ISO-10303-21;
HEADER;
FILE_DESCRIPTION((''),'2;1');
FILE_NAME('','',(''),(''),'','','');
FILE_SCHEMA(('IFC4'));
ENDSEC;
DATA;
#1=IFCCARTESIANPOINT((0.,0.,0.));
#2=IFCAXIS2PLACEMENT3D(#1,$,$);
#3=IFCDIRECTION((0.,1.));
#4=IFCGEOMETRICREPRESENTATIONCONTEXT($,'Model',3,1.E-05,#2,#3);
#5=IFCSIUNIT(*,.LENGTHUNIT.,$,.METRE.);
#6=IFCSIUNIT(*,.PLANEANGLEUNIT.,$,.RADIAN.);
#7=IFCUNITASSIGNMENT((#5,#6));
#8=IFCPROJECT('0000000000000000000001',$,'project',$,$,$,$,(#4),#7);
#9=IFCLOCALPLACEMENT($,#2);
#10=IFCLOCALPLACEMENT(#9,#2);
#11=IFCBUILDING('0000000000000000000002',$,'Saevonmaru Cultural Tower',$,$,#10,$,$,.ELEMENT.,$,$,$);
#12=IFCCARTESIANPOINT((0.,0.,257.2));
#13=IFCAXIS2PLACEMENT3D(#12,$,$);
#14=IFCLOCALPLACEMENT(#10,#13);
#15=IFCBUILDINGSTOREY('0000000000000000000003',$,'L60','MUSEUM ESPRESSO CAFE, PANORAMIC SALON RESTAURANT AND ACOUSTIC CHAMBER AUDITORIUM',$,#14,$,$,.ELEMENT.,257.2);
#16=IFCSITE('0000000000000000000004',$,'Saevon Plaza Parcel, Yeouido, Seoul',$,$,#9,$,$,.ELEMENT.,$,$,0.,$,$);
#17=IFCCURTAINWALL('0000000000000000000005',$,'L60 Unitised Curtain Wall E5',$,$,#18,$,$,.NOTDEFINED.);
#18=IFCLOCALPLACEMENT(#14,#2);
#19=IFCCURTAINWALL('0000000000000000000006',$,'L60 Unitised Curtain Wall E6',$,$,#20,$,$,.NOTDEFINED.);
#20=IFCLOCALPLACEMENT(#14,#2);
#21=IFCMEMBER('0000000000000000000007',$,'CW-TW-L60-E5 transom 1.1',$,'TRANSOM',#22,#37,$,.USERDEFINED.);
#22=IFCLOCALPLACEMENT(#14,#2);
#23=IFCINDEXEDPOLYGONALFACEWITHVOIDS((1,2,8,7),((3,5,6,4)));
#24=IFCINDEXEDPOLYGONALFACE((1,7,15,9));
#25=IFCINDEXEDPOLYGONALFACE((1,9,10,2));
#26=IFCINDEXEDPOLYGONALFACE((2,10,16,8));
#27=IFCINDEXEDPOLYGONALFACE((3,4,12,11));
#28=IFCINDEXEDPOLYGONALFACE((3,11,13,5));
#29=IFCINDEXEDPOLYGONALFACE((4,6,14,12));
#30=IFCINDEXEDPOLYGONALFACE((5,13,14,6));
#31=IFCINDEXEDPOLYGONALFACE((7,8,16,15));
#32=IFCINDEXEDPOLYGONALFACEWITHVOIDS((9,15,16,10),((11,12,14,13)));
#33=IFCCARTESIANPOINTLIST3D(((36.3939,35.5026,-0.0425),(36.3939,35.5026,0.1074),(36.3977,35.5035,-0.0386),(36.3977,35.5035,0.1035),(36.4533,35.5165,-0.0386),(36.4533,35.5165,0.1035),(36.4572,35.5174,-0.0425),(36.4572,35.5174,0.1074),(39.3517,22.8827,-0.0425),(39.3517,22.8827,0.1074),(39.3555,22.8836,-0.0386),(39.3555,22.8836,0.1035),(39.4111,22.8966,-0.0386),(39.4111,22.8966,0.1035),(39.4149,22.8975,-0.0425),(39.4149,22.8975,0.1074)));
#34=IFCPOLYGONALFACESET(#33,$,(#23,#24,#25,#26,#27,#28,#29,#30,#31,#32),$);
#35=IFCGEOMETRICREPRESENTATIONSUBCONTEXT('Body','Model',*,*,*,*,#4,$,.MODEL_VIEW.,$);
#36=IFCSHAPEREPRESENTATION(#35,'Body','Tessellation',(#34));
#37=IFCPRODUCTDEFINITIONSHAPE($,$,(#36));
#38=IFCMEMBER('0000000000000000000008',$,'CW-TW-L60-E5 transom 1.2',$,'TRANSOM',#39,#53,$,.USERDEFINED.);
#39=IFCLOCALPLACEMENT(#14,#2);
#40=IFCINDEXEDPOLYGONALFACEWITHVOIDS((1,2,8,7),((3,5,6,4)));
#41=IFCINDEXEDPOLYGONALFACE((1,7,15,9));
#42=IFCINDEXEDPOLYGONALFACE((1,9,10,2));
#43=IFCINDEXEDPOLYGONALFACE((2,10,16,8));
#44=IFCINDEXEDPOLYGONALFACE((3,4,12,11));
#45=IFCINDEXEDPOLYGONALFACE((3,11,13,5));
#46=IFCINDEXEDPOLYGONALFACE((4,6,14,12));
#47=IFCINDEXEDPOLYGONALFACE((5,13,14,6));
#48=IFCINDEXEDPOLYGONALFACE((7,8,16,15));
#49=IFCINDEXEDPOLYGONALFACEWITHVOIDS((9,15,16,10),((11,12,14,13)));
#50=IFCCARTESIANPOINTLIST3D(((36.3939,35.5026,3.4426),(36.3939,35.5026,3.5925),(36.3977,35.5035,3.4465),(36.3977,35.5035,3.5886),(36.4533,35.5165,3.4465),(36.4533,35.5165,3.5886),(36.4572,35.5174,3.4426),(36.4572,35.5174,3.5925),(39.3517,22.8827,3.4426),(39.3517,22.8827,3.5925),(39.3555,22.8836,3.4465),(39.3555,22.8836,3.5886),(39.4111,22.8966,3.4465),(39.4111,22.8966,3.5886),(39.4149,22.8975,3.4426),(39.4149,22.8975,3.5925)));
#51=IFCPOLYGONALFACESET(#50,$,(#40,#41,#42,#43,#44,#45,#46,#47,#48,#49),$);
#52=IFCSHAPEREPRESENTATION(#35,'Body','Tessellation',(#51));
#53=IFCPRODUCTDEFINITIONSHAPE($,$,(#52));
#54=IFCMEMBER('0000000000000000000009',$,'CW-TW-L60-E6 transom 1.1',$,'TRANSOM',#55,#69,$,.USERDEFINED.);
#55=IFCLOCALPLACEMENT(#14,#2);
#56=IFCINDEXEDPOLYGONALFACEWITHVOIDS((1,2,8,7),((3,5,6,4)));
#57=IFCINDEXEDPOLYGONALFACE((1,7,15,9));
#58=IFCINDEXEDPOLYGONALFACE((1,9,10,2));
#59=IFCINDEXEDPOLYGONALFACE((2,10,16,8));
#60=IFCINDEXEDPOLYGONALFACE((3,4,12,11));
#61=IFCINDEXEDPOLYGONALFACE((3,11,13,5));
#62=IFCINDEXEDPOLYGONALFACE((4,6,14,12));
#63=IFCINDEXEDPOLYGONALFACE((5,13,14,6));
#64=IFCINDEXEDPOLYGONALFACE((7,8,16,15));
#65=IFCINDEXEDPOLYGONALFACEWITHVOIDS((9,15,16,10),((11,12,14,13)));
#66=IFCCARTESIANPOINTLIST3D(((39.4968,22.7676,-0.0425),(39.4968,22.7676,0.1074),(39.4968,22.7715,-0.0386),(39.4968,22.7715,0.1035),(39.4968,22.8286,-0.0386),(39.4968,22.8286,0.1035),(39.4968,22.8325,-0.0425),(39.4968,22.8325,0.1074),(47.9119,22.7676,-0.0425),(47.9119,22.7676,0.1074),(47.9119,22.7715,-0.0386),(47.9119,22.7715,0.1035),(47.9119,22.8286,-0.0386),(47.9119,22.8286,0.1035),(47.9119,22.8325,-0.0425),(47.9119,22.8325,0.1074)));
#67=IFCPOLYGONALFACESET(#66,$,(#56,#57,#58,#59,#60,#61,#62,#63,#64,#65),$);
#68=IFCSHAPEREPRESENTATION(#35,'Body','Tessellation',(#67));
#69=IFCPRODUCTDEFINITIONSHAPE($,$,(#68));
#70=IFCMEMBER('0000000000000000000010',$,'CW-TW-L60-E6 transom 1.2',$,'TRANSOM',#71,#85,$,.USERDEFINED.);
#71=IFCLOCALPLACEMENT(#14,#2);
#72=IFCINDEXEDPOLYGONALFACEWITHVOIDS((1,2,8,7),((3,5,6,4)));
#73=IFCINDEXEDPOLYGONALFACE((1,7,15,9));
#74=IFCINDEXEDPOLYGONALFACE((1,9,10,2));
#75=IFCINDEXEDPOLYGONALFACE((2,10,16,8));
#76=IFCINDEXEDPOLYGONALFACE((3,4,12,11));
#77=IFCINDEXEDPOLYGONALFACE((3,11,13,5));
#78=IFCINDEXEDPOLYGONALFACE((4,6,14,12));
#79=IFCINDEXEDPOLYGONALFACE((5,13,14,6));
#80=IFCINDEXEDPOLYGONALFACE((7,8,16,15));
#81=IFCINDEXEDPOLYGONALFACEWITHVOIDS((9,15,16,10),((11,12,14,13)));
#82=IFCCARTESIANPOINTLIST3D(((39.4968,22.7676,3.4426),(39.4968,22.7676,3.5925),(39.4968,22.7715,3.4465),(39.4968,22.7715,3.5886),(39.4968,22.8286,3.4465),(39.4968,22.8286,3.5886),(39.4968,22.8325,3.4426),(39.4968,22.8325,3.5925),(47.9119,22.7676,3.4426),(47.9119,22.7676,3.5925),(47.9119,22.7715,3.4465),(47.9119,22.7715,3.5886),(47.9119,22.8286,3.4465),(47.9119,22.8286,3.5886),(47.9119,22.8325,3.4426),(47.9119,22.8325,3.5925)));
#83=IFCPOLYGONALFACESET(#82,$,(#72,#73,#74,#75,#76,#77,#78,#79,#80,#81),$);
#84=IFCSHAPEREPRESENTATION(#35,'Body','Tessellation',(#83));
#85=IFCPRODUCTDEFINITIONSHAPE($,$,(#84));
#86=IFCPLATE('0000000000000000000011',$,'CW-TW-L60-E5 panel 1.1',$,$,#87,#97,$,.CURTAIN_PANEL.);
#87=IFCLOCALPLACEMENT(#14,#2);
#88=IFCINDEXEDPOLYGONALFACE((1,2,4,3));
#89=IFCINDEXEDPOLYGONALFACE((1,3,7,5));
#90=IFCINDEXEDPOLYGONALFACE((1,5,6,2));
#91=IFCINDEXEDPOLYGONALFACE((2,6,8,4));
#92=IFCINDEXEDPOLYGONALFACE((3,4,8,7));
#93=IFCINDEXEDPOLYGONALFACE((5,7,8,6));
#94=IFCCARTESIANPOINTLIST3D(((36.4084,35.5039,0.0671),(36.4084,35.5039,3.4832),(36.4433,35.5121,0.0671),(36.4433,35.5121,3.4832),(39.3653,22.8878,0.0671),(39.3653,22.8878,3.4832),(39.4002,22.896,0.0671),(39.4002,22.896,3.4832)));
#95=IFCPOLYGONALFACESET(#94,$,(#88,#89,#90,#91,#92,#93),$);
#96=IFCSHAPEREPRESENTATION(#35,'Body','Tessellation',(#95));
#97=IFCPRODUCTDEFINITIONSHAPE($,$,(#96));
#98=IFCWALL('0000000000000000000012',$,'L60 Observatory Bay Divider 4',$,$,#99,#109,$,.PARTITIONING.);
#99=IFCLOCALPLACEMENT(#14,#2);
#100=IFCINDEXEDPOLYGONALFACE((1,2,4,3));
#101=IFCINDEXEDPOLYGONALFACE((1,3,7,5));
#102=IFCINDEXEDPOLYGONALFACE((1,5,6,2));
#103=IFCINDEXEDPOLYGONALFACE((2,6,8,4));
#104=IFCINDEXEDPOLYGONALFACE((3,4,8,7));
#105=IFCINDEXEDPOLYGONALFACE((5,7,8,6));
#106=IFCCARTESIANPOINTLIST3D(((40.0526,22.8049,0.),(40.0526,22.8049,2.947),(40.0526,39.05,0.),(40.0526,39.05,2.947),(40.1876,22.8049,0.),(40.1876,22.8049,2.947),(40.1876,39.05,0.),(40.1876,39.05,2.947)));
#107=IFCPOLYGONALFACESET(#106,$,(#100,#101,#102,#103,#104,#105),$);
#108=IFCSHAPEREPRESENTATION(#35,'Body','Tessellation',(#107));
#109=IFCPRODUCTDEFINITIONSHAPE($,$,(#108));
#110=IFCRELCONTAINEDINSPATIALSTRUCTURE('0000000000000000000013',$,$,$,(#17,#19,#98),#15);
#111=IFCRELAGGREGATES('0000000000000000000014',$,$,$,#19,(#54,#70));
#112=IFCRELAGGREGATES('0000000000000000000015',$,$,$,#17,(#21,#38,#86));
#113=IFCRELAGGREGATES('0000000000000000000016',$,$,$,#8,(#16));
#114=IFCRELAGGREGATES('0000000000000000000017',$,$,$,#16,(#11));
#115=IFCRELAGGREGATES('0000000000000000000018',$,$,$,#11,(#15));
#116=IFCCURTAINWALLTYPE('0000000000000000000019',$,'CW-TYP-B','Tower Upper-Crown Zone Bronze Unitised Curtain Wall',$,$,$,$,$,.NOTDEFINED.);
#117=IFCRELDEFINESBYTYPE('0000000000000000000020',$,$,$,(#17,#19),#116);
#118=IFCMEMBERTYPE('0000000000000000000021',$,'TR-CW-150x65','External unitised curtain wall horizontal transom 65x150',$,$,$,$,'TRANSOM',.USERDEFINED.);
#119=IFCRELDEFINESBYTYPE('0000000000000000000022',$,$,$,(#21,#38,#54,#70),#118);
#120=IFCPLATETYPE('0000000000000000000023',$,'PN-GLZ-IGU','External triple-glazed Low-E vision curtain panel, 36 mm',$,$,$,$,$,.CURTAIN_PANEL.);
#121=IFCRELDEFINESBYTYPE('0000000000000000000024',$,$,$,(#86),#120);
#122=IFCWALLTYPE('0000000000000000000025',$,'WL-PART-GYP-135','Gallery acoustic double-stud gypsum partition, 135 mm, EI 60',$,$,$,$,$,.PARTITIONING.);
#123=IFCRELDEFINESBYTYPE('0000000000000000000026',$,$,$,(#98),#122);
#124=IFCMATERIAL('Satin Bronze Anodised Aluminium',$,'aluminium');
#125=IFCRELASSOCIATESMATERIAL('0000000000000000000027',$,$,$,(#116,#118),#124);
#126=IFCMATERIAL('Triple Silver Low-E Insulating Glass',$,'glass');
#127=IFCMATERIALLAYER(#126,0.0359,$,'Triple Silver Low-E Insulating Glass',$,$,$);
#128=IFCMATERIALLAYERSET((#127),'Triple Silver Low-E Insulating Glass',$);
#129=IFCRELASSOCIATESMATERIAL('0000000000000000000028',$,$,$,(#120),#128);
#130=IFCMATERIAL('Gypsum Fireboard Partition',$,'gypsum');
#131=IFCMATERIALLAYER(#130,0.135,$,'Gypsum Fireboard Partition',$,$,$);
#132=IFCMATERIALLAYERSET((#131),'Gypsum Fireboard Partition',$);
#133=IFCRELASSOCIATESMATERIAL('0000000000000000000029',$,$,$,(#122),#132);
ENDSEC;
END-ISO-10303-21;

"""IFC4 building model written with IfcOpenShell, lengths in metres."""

from ifc_helpers import new_model, si_unit, direction, frame, frame_2d, origin, origin_2d, place, context, subcontext, project, spatial, rectangle, hollow_rectangle, extrude, material, layer, layer_set, material_profile, profile_set, type_object, element, aggregate, save


model = new_model("IFC4")

# Units and contexts
model_context = context("Model", 3, precision=1e-05, world=origin(), true_north=direction((0.0, 1.0)))
body_context = subcontext(model_context, "Body", "Model", "MODEL_VIEW")
ifc_project = project(units=[si_unit("LENGTHUNIT", "METRE"), si_unit("PLANEANGLEUNIT", "RADIAN")], contexts=[model_context])

# Site, building, storey
site_placement = place(None, origin())
site = spatial("IfcSite", under=ifc_project, at=site_placement, Name="Saevon Plaza Parcel, Yeouido, Seoul", CompositionType="ELEMENT", RefElevation=0.0)
building_placement = place(site_placement, origin())
building = spatial("IfcBuilding", under=site, at=building_placement, Name="Saevonmaru Cultural Tower", CompositionType="ELEMENT")
storey_placement = place(building_placement, frame((0.0, 0.0, 257.2)))
storey = spatial("IfcBuildingStorey", under=building, at=storey_placement, Name="L60", Description="MUSEUM ESPRESSO CAFE, PANORAMIC SALON RESTAURANT AND ACOUSTIC CHAMBER AUDITORIUM", CompositionType="ELEMENT", Elevation=257.2)

# Shared definitions
ifc_material_1 = material(Name="Satin Bronze Anodised Aluminium", Category="aluminium")
curtain_wall_type = type_object("IfcCurtainWallType", Name="CW-TYP-B", Description="Tower Upper-Crown Zone Bronze Unitised Curtain Wall", PredefinedType="NOTDEFINED", material=ifc_material_1)

# Curtain wall
curtain_wall_1_placement = place(storey_placement, origin())
curtain_wall_1 = element("IfcCurtainWall", 1, at=curtain_wall_1_placement, inside=storey, type_object=curtain_wall_type, Name="L60 Unitised Curtain Wall E5", PredefinedType="NOTDEFINED")

# Curtain wall
curtain_wall_2_placement = place(storey_placement, origin())
curtain_wall_2 = element("IfcCurtainWall", 2, at=curtain_wall_2_placement, inside=storey, type_object=curtain_wall_type, Name="L60 Unitised Curtain Wall E6", PredefinedType="NOTDEFINED")

# Members
ifc_material_profile_1 = material_profile(ifc_material_1, hollow_rectangle(XDim=0.0649, YDim=0.1499, WallThickness=0.0039, at=origin_2d()), Name="ALU-TRAN-150x65x4")
ifc_profile_set_1 = profile_set([ifc_material_profile_1], Name="Satin Bronze Anodised Aluminium")
member_type_1 = type_object("IfcMemberType", Name="TR-CW-150x65", Description="External unitised curtain wall horizontal transom 65x150", ElementType="TRANSOM", PredefinedType="USERDEFINED", material=ifc_profile_set_1)
member_1_placement = place(storey_placement, frame((36.4255, 35.51, 0.0325), z_axis=(0.22819, -0.973617, 0.0), x_axis=(0.973617, 0.22819, 0.0)))
member_1 = element("IfcMember", 3, at=member_1_placement, type_object=member_type_1, Name="CW-TW-L60-E5 transom 1.1", ObjectType="TRANSOM", PredefinedType="USERDEFINED", context=body_context, shape_type="SweptSolid", body=[
    extrude(hollow_rectangle(XDim=0.0649, YDim=0.1499, WallThickness=0.0039, at=origin_2d()), origin(), (0.0, 0.0, 1.0), 12.9619),
])
member_2_placement = place(storey_placement, frame((36.4255, 35.51, 3.5176), z_axis=(0.22819, -0.973617, 0.0), x_axis=(0.973617, 0.22819, 0.0)))
member_2 = element("IfcMember", 4, at=member_2_placement, type_object=member_type_1, Name="CW-TW-L60-E5 transom 1.2", ObjectType="TRANSOM", PredefinedType="USERDEFINED", context=body_context, shape_type="SweptSolid", body=[
    extrude(hollow_rectangle(XDim=0.0649, YDim=0.1499, WallThickness=0.0039, at=origin_2d()), origin(), (0.0, 0.0, 1.0), 12.9619),
])
member_3_placement = place(storey_placement, frame((39.4968, 22.8, 0.0325), z_axis=(1.0, 0.0, 0.0), x_axis=(0.0, 1.0, 0.0)))
member_3 = element("IfcMember", 5, at=member_3_placement, type_object=member_type_1, Name="CW-TW-L60-E6 transom 1.1", ObjectType="TRANSOM", PredefinedType="USERDEFINED", context=body_context, shape_type="SweptSolid", body=[
    extrude(hollow_rectangle(XDim=0.0649, YDim=0.1499, WallThickness=0.0039, at=origin_2d()), origin(), (0.0, 0.0, 1.0), 8.415),
])
member_4_placement = place(storey_placement, frame((39.4968, 22.8, 3.5176), z_axis=(1.0, 0.0, 0.0), x_axis=(0.0, 1.0, 0.0)))
member_4 = element("IfcMember", 6, at=member_4_placement, type_object=member_type_1, Name="CW-TW-L60-E6 transom 1.2", ObjectType="TRANSOM", PredefinedType="USERDEFINED", context=body_context, shape_type="SweptSolid", body=[
    extrude(hollow_rectangle(XDim=0.0649, YDim=0.1499, WallThickness=0.0039, at=origin_2d()), origin(), (0.0, 0.0, 1.0), 8.415),
])
aggregate(curtain_wall_2, [member_3, member_4])

# Plate
ifc_material_2 = material(Name="Triple Silver Low-E Insulating Glass", Category="glass")
ifc_layer_1 = layer(ifc_material_2, 0.0359, Name="Triple Silver Low-E Insulating Glass")
ifc_layer_set_1 = layer_set([ifc_layer_1], Name="Triple Silver Low-E Insulating Glass")
plate_type = type_object("IfcPlateType", Name="PN-GLZ-IGU", Description="External triple-glazed Low-E vision curtain panel, 36 mm", PredefinedType="CURTAIN_PANEL", material=ifc_layer_set_1)
plate_placement = place(storey_placement, frame((37.9043, 29.2, 0.0671), z_axis=(0.0, 0.0, 1.0), x_axis=(0.22819, -0.973617, 0.0)))
plate = element("IfcPlate", 7, at=plate_placement, type_object=plate_type, Name="CW-TW-L60-E5 panel 1.1", PredefinedType="CURTAIN_PANEL", context=body_context, shape_type="SweptSolid", body=[
    extrude(rectangle(XDim=12.958, YDim=0.0359, at=origin_2d()), origin(), (0.0, 0.0, 1.0), 3.416),
])
aggregate(curtain_wall_1, [member_1, member_2, plate])

# Wall
ifc_material_3 = material(Name="Gypsum Fireboard Partition", Category="gypsum")
ifc_layer_2 = layer(ifc_material_3, 0.135, Name="Gypsum Fireboard Partition")
ifc_layer_set_2 = layer_set([ifc_layer_2], Name="Gypsum Fireboard Partition")
wall_type = type_object("IfcWallType", Name="WL-PART-GYP-135", Description="Gallery acoustic double-stud gypsum partition, 135 mm, EI 60", PredefinedType="PARTITIONING", material=ifc_layer_set_2)
wall_placement = place(storey_placement, frame((40.1201, 22.8049, 0.0), z_axis=(0.0, 0.0, 1.0), x_axis=(0.0, 1.0, 0.0)))
element("IfcWall", 8, at=wall_placement, inside=storey, type_object=wall_type, Name="L60 Observatory Bay Divider 4", PredefinedType="PARTITIONING", context=body_context, shape_type="SweptSolid", body=[
    extrude(rectangle(XDim=16.2451, YDim=0.135, at=frame_2d((8.1226, 0.0))), origin(), (0.0, 0.0, 1.0), 2.947),
])

save(model, "model.ifc")
